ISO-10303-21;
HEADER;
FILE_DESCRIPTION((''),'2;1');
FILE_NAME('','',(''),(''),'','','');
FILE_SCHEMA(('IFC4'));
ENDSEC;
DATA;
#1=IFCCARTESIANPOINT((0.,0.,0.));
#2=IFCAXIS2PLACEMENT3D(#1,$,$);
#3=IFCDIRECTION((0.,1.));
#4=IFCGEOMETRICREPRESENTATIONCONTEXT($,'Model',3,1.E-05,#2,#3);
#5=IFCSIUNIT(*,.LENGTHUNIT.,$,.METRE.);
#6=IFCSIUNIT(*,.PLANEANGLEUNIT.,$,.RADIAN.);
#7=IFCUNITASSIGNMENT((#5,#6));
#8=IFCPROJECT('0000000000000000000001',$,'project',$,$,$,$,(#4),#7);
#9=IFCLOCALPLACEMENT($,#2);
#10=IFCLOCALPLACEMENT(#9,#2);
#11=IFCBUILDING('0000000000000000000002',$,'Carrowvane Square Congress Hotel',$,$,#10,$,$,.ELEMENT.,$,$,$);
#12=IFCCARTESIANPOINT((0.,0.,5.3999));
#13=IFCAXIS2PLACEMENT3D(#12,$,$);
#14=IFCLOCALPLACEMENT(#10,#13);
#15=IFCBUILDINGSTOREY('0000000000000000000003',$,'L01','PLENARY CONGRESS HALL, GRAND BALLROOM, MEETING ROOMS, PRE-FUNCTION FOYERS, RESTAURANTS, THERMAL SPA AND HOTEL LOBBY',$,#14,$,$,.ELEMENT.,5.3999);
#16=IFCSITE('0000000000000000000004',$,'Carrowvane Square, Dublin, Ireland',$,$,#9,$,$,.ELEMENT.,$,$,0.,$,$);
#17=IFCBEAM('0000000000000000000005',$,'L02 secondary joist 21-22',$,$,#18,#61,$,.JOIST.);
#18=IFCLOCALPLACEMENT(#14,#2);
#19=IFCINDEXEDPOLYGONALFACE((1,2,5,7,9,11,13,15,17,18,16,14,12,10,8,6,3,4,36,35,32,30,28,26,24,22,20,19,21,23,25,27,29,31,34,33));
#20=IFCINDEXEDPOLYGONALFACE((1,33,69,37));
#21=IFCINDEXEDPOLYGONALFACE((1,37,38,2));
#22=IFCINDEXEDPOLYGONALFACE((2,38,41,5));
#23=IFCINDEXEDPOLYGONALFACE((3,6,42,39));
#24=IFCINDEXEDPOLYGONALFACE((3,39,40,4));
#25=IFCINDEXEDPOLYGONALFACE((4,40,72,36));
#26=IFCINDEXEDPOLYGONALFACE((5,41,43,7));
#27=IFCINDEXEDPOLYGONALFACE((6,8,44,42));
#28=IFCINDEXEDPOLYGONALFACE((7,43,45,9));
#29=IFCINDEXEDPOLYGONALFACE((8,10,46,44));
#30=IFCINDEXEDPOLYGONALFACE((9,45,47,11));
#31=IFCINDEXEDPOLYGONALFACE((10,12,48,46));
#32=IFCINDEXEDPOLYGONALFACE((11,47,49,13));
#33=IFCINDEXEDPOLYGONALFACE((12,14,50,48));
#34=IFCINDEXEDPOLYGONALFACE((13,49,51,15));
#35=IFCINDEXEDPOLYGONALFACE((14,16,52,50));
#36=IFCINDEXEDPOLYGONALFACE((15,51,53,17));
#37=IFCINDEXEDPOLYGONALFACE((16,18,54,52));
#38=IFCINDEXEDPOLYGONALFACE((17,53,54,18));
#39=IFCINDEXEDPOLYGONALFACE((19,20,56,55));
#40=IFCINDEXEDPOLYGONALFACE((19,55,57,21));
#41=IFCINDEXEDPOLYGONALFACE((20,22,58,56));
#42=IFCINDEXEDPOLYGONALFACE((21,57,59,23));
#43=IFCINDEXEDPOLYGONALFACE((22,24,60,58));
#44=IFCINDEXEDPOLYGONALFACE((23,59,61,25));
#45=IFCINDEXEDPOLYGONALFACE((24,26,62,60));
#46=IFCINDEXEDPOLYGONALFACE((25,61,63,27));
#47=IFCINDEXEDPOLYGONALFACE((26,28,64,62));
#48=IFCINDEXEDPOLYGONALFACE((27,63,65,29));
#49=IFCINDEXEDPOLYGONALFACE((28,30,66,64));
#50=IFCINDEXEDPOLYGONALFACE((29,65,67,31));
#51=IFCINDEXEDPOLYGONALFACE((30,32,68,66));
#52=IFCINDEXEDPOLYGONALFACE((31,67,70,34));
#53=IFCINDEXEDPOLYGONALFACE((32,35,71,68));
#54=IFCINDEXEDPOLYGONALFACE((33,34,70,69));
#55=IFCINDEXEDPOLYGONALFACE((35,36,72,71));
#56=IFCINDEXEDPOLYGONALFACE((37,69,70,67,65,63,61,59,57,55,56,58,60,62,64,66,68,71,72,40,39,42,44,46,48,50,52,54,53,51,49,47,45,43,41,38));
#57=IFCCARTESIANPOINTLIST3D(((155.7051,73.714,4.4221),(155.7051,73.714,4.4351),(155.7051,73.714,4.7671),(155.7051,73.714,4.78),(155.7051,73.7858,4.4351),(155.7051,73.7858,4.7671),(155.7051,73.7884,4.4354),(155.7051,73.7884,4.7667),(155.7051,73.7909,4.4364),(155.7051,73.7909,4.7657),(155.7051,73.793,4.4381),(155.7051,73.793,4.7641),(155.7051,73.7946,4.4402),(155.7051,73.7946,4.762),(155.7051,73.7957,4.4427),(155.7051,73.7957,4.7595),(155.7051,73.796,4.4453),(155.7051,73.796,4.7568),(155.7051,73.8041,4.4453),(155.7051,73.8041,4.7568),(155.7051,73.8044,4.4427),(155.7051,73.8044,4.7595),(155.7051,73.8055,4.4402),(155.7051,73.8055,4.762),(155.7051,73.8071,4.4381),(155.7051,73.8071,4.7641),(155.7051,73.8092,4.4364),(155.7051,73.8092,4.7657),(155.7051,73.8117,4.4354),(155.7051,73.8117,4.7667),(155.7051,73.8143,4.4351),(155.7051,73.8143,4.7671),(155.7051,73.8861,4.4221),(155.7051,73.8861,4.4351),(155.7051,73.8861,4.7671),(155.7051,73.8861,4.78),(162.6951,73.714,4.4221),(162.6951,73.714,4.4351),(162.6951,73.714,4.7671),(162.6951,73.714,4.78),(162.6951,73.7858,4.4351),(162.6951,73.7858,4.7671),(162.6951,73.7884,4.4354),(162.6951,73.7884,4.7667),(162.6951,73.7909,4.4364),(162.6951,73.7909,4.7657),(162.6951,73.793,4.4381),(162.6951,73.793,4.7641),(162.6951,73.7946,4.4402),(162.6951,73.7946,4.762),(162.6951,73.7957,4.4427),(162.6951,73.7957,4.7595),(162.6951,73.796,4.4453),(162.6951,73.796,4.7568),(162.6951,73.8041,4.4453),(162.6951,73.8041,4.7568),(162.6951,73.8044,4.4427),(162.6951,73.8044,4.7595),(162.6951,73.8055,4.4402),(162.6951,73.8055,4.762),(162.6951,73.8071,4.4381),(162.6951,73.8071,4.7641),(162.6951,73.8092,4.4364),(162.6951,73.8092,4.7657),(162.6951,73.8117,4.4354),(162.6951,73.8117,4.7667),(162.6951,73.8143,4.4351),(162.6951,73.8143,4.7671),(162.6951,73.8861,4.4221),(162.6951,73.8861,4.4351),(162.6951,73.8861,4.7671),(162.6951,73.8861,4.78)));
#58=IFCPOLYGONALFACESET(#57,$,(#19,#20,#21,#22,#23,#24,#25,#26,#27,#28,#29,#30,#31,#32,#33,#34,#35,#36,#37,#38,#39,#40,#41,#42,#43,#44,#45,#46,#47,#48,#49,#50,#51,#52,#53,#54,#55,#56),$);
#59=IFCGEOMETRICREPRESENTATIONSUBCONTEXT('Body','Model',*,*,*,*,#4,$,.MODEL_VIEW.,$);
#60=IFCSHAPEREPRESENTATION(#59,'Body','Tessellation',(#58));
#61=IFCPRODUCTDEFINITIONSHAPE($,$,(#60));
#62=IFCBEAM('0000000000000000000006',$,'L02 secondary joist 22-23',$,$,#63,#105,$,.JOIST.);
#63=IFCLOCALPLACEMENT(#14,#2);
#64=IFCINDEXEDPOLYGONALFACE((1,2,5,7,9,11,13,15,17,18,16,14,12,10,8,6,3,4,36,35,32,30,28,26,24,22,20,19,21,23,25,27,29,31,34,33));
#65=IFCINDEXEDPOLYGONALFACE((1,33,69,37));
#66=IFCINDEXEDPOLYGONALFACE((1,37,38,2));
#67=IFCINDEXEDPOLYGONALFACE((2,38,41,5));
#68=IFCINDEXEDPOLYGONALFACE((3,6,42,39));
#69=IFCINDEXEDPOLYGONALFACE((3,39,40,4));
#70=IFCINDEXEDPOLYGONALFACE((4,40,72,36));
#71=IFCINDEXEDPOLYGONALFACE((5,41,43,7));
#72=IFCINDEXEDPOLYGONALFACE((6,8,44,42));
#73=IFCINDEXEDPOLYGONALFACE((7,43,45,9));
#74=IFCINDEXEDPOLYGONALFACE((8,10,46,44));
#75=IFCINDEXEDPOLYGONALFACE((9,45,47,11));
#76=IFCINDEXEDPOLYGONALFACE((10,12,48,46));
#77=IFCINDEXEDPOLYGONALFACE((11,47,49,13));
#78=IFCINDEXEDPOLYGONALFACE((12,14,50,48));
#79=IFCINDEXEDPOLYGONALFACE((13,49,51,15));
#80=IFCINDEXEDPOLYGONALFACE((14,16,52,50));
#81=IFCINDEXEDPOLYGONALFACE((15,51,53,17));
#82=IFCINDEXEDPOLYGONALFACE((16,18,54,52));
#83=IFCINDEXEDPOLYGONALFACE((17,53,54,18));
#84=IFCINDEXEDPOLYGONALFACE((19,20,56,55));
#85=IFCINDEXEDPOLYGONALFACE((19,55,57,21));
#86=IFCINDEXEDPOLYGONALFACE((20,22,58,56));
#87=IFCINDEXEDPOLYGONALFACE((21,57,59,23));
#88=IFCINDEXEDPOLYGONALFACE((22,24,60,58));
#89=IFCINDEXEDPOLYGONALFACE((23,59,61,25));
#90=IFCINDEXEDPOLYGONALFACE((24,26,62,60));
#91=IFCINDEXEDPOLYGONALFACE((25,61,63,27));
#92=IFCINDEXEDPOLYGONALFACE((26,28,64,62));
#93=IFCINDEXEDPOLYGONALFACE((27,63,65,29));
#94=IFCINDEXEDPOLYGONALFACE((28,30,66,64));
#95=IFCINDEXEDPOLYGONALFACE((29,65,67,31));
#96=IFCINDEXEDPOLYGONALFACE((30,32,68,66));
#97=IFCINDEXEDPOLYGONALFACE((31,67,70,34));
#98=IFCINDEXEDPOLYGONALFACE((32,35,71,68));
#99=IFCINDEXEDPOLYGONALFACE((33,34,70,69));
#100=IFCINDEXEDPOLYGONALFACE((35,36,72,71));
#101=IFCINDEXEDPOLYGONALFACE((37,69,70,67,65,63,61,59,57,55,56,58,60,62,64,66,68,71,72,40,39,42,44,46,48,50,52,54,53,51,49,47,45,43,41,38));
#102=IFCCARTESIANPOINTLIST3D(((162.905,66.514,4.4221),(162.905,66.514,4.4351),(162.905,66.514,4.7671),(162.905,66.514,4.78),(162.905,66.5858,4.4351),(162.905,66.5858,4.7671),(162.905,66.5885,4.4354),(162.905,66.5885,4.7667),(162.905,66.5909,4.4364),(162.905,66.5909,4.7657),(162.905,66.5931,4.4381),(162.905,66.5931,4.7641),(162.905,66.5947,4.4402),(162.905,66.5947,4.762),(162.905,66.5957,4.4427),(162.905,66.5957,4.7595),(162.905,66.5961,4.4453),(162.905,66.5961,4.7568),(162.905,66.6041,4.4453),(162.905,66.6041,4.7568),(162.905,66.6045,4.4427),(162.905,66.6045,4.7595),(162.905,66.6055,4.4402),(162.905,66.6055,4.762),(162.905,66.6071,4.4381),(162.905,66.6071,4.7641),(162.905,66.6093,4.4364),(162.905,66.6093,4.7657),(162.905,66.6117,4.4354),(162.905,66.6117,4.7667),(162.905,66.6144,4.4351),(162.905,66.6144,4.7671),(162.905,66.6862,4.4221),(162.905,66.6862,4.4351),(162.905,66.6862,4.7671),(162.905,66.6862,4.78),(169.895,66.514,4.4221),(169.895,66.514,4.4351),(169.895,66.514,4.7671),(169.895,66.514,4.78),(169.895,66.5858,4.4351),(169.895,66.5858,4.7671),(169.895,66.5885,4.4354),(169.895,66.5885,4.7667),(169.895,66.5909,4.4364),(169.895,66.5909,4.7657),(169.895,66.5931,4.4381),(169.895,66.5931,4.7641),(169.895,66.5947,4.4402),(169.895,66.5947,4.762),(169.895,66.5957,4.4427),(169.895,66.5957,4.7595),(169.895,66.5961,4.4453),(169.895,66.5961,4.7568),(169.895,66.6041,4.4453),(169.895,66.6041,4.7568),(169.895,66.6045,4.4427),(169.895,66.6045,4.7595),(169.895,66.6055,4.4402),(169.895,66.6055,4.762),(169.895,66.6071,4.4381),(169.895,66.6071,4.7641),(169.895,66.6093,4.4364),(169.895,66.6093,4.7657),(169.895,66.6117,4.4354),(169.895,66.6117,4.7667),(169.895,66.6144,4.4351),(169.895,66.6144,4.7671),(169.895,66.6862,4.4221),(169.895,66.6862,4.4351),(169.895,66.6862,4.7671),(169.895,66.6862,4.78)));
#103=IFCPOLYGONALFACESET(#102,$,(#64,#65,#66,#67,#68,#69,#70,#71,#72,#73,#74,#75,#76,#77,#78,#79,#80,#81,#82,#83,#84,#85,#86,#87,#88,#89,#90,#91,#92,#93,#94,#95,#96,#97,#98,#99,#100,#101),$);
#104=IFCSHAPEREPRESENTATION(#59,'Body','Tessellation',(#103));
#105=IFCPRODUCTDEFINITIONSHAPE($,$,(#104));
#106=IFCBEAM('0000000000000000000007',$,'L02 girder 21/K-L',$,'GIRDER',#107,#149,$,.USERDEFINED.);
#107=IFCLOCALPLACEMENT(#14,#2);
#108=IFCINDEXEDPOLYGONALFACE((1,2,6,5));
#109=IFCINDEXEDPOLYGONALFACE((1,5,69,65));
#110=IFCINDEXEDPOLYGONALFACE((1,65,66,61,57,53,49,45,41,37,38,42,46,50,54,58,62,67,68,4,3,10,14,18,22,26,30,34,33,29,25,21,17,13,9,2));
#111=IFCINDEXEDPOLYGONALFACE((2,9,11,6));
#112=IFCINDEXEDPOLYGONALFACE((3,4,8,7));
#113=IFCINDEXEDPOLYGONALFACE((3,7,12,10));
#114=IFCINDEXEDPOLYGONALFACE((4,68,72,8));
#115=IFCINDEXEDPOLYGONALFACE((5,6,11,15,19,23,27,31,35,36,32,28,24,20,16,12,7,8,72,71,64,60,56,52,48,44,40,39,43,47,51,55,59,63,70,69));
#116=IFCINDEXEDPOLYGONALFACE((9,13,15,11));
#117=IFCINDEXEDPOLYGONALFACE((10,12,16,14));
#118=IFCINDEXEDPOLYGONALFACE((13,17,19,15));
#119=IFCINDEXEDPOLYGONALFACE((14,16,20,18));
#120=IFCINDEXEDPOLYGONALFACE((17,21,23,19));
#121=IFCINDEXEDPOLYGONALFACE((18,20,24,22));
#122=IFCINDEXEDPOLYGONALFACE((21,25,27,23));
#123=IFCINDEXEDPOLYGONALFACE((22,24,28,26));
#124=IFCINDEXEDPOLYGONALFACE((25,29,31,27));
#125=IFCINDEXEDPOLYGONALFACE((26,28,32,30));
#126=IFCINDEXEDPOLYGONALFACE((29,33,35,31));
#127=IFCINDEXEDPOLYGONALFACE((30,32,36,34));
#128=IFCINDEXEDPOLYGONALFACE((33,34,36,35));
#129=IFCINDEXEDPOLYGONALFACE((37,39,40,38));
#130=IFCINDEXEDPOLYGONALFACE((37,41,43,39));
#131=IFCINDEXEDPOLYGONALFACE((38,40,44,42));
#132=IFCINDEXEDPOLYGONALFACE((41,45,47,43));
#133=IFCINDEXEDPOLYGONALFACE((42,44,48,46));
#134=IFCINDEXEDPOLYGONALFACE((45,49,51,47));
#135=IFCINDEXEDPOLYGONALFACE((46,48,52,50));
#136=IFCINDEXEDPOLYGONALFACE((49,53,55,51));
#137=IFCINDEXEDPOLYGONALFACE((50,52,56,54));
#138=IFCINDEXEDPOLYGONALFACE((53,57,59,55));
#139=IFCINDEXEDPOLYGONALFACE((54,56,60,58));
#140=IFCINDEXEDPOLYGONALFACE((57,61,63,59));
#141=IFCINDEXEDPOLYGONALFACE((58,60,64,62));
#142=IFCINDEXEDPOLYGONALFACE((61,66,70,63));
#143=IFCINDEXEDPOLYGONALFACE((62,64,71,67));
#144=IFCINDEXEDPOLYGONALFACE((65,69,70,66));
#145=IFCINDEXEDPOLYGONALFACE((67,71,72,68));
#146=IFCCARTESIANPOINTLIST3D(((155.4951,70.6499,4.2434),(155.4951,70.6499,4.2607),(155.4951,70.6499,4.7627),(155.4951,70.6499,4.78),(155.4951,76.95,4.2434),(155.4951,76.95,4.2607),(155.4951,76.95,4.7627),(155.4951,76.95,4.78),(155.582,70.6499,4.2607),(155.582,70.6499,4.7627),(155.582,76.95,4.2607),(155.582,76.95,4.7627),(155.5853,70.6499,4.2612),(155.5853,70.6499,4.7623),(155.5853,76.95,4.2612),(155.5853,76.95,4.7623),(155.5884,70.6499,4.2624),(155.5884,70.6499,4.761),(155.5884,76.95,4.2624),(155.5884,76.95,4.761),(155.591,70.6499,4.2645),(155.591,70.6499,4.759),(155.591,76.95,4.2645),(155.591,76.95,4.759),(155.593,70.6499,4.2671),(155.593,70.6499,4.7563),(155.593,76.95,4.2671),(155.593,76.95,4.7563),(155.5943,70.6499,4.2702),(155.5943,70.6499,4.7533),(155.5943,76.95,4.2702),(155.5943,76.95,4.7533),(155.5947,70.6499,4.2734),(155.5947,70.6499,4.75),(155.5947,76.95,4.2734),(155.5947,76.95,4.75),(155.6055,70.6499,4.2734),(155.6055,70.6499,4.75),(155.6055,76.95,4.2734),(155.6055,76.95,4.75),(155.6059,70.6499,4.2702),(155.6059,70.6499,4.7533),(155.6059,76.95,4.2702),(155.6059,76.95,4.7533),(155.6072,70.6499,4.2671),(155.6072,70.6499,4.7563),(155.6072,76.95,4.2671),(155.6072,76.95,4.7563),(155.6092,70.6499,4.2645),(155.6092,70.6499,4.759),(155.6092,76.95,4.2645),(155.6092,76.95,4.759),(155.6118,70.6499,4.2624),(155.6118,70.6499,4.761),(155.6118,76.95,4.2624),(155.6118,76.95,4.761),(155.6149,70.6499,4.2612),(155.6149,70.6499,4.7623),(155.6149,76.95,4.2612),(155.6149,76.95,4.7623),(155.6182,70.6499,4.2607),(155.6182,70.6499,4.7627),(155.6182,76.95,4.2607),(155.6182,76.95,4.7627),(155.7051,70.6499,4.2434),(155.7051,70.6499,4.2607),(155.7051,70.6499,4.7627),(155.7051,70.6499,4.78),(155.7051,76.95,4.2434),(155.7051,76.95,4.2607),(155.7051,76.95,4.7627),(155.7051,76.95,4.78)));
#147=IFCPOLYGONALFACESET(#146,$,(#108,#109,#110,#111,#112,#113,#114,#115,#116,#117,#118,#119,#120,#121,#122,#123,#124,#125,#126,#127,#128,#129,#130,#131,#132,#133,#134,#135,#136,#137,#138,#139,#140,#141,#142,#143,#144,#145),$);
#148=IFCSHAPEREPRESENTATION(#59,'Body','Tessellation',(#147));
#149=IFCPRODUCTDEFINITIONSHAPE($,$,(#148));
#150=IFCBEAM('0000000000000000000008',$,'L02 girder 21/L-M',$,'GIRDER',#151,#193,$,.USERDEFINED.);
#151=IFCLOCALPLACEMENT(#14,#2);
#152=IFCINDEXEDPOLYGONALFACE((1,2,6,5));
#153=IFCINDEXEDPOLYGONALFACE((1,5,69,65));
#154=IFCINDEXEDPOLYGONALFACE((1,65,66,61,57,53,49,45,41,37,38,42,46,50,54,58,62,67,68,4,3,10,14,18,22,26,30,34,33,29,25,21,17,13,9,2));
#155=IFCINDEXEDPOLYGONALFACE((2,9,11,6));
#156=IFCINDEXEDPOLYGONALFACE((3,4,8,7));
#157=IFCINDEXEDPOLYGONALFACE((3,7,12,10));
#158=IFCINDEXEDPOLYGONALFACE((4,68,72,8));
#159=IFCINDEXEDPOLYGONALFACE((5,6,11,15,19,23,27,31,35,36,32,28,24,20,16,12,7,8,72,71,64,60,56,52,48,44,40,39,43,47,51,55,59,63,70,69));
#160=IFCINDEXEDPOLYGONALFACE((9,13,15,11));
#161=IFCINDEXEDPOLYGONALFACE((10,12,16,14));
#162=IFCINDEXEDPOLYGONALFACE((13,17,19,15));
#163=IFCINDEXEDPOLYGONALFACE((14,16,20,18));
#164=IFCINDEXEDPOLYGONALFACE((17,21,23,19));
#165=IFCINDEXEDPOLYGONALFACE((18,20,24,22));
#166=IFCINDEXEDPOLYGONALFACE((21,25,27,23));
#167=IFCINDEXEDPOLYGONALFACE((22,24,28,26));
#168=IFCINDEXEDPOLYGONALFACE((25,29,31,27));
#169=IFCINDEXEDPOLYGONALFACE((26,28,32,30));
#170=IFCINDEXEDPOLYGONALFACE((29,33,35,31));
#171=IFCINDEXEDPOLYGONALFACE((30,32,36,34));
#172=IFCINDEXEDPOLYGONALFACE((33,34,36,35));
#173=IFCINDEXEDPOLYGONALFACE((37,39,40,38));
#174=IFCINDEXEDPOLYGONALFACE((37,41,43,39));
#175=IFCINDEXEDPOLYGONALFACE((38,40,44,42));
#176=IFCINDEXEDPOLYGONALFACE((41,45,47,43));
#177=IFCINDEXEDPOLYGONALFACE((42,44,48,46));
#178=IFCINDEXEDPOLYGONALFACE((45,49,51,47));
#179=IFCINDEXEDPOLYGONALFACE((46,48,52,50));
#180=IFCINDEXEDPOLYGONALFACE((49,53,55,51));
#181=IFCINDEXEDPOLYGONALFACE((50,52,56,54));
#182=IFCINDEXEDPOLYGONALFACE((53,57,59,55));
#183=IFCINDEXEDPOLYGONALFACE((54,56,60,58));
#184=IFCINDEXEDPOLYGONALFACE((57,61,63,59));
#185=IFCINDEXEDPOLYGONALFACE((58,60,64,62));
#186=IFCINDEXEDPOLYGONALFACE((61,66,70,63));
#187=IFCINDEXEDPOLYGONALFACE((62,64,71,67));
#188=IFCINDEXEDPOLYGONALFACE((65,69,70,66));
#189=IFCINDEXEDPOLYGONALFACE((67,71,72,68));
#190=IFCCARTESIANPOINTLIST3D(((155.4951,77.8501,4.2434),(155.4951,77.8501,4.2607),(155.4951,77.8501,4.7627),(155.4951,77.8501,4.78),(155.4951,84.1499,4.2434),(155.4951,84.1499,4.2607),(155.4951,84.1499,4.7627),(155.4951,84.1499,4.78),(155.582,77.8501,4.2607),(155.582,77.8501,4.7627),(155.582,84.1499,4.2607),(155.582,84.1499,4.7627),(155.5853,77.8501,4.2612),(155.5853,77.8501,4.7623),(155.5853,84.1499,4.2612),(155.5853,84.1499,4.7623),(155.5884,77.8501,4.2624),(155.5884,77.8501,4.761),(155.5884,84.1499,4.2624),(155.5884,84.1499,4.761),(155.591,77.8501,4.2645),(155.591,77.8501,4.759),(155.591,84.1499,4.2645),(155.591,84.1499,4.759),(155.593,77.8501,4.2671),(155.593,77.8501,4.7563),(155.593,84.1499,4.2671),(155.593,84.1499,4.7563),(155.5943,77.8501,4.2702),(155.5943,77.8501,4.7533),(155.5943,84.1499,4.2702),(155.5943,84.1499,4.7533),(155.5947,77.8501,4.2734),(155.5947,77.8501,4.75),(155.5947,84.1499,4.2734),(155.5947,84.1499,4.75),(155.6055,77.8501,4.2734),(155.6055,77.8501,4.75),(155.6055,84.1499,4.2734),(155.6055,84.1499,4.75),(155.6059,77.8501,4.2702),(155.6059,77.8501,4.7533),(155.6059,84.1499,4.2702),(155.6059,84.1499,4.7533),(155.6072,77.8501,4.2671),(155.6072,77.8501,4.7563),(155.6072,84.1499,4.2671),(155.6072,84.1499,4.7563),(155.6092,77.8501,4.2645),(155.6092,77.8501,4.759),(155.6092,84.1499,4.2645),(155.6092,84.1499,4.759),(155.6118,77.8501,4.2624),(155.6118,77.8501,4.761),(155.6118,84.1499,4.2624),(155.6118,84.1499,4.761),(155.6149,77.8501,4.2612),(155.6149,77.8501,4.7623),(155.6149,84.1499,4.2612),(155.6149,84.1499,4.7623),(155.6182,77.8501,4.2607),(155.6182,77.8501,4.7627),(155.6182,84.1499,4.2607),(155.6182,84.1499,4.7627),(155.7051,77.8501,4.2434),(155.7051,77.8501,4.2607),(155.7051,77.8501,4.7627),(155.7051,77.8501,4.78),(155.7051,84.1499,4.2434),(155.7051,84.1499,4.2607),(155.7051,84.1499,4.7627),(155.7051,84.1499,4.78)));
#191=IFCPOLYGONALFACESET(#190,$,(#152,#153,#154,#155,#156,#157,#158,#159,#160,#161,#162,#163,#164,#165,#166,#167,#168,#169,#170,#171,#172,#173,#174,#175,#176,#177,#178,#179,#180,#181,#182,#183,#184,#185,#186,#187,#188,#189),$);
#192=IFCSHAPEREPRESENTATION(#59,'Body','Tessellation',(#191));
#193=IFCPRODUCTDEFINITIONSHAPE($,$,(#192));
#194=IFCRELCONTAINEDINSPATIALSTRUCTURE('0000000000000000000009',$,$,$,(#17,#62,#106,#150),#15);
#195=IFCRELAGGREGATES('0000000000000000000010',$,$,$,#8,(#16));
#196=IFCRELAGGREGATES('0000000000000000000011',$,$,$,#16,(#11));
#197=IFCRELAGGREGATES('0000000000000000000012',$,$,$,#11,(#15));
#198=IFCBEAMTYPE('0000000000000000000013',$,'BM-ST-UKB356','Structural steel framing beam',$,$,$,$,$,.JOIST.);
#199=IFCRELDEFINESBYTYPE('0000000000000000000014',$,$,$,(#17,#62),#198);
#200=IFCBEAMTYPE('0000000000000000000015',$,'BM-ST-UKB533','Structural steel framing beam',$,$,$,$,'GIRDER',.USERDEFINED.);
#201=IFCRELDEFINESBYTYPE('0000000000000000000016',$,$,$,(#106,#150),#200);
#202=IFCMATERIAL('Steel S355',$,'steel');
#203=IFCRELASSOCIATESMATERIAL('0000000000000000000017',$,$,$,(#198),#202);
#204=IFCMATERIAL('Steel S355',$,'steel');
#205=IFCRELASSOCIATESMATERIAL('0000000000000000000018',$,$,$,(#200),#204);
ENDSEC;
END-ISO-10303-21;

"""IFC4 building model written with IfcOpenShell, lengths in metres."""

from ifc_helpers import new_model, si_unit, direction, frame, origin, origin_2d, place, context, subcontext, project, spatial, i_section, extrude, material, material_profile, profile_set, type_object, element, save


model = new_model("IFC4")

# Units and contexts
model_context = context("Model", 3, precision=1e-05, world=origin(), true_north=direction((0.0, 1.0)))
body_context = subcontext(model_context, "Body", "Model", "MODEL_VIEW")
ifc_project = project(units=[si_unit("LENGTHUNIT", "METRE"), si_unit("PLANEANGLEUNIT", "RADIAN")], contexts=[model_context])

# Site, building, storey
site_placement = place(None, origin())
site = spatial("IfcSite", under=ifc_project, at=site_placement, Name="Carrowvane Square, Dublin, Ireland", CompositionType="ELEMENT", RefElevation=0.0)
building_placement = place(site_placement, origin())
building = spatial("IfcBuilding", under=site, at=building_placement, Name="Carrowvane Square Congress Hotel", CompositionType="ELEMENT")
storey_placement = place(building_placement, frame((0.0, 0.0, 5.3999)))
storey = spatial("IfcBuildingStorey", under=building, at=storey_placement, Name="L01", Description="PLENARY CONGRESS HALL, GRAND BALLROOM, MEETING ROOMS, PRE-FUNCTION FOYERS, RESTAURANTS, THERMAL SPA AND HOTEL LOBBY", CompositionType="ELEMENT", Elevation=5.3999)

# Beams
ifc_material_1 = material(Name="Steel S355", Category="steel")
ifc_material_profile_1 = material_profile(ifc_material_1, i_section(OverallWidth=0.1721, OverallDepth=0.3579, WebThickness=0.0081, FlangeThickness=0.0129, FilletRadius=0.0103, at=origin_2d()), Name="UKB 356x171x57")
ifc_profile_set_1 = profile_set([ifc_material_profile_1], Name="Steel S355")
beam_type_1 = type_object("IfcBeamType", Name="BM-ST-UKB356", Description="Structural steel framing beam", PredefinedType="JOIST", material=ifc_profile_set_1)
for number, where, z_axis, x_axis, name in (
    (1, (155.7051, 73.8, 4.6011), (1.0, 0.0, 0.0), (0.0, 1.0, 0.0), "L02 secondary joist 21-22"),
    (2, (162.905, 66.6001, 4.6011), (1.0, 0.0, 0.0), (0.0, 1.0, 0.0), "L02 secondary joist 22-23"),
):
    element("IfcBeam", number, at=place(storey_placement, frame(where, z_axis=z_axis, x_axis=x_axis)), inside=storey, type_object=beam_type_1, Name=name, PredefinedType="JOIST", context=body_context, shape_type="SweptSolid", body=[
        extrude(i_section(OverallWidth=0.1721, OverallDepth=0.3579, WebThickness=0.0081, FlangeThickness=0.0129, FilletRadius=0.0103, at=origin_2d()), origin(), (0.0, 0.0, 1.0), 6.99),
    ])
ifc_material_2 = material(Name="Steel S355", Category="steel")
ifc_material_profile_2 = material_profile(ifc_material_2, i_section(OverallWidth=0.21, OverallDepth=0.5366, WebThickness=0.0107, FlangeThickness=0.0173, FilletRadius=0.0127, at=origin_2d()), Name="UKB 533x210x101")
ifc_profile_set_2 = profile_set([ifc_material_profile_2], Name="Steel S355")
beam_type_2 = type_object("IfcBeamType", Name="BM-ST-UKB533", Description="Structural steel framing beam", ElementType="GIRDER", PredefinedType="USERDEFINED", material=ifc_profile_set_2)
beam_1_placement = place(storey_placement, frame((155.6001, 70.6499, 4.5117), z_axis=(0.0, 1.0, 0.0), x_axis=(-1.0, 0.0, 0.0)))
element("IfcBeam", 3, at=beam_1_placement, inside=storey, type_object=beam_type_2, Name="L02 girder 21/K-L", ObjectType="GIRDER", PredefinedType="USERDEFINED", context=body_context, shape_type="SweptSolid", body=[
    extrude(i_section(OverallWidth=0.21, OverallDepth=0.5366, WebThickness=0.0107, FlangeThickness=0.0173, FilletRadius=0.0127, at=origin_2d()), origin(), (0.0, 0.0, 1.0), 6.3),
])
beam_2_placement = place(storey_placement, frame((155.6001, 77.8501, 4.5117), z_axis=(0.0, 1.0, 0.0), x_axis=(-1.0, 0.0, 0.0)))
element("IfcBeam", 4, at=beam_2_placement, inside=storey, type_object=beam_type_2, Name="L02 girder 21/L-M", ObjectType="GIRDER", PredefinedType="USERDEFINED", context=body_context, shape_type="SweptSolid", body=[
    extrude(i_section(OverallWidth=0.21, OverallDepth=0.5366, WebThickness=0.0107, FlangeThickness=0.0173, FilletRadius=0.0127, at=origin_2d()), origin(), (0.0, 0.0, 1.0), 6.2998),
])

save(model, "model.ifc")
